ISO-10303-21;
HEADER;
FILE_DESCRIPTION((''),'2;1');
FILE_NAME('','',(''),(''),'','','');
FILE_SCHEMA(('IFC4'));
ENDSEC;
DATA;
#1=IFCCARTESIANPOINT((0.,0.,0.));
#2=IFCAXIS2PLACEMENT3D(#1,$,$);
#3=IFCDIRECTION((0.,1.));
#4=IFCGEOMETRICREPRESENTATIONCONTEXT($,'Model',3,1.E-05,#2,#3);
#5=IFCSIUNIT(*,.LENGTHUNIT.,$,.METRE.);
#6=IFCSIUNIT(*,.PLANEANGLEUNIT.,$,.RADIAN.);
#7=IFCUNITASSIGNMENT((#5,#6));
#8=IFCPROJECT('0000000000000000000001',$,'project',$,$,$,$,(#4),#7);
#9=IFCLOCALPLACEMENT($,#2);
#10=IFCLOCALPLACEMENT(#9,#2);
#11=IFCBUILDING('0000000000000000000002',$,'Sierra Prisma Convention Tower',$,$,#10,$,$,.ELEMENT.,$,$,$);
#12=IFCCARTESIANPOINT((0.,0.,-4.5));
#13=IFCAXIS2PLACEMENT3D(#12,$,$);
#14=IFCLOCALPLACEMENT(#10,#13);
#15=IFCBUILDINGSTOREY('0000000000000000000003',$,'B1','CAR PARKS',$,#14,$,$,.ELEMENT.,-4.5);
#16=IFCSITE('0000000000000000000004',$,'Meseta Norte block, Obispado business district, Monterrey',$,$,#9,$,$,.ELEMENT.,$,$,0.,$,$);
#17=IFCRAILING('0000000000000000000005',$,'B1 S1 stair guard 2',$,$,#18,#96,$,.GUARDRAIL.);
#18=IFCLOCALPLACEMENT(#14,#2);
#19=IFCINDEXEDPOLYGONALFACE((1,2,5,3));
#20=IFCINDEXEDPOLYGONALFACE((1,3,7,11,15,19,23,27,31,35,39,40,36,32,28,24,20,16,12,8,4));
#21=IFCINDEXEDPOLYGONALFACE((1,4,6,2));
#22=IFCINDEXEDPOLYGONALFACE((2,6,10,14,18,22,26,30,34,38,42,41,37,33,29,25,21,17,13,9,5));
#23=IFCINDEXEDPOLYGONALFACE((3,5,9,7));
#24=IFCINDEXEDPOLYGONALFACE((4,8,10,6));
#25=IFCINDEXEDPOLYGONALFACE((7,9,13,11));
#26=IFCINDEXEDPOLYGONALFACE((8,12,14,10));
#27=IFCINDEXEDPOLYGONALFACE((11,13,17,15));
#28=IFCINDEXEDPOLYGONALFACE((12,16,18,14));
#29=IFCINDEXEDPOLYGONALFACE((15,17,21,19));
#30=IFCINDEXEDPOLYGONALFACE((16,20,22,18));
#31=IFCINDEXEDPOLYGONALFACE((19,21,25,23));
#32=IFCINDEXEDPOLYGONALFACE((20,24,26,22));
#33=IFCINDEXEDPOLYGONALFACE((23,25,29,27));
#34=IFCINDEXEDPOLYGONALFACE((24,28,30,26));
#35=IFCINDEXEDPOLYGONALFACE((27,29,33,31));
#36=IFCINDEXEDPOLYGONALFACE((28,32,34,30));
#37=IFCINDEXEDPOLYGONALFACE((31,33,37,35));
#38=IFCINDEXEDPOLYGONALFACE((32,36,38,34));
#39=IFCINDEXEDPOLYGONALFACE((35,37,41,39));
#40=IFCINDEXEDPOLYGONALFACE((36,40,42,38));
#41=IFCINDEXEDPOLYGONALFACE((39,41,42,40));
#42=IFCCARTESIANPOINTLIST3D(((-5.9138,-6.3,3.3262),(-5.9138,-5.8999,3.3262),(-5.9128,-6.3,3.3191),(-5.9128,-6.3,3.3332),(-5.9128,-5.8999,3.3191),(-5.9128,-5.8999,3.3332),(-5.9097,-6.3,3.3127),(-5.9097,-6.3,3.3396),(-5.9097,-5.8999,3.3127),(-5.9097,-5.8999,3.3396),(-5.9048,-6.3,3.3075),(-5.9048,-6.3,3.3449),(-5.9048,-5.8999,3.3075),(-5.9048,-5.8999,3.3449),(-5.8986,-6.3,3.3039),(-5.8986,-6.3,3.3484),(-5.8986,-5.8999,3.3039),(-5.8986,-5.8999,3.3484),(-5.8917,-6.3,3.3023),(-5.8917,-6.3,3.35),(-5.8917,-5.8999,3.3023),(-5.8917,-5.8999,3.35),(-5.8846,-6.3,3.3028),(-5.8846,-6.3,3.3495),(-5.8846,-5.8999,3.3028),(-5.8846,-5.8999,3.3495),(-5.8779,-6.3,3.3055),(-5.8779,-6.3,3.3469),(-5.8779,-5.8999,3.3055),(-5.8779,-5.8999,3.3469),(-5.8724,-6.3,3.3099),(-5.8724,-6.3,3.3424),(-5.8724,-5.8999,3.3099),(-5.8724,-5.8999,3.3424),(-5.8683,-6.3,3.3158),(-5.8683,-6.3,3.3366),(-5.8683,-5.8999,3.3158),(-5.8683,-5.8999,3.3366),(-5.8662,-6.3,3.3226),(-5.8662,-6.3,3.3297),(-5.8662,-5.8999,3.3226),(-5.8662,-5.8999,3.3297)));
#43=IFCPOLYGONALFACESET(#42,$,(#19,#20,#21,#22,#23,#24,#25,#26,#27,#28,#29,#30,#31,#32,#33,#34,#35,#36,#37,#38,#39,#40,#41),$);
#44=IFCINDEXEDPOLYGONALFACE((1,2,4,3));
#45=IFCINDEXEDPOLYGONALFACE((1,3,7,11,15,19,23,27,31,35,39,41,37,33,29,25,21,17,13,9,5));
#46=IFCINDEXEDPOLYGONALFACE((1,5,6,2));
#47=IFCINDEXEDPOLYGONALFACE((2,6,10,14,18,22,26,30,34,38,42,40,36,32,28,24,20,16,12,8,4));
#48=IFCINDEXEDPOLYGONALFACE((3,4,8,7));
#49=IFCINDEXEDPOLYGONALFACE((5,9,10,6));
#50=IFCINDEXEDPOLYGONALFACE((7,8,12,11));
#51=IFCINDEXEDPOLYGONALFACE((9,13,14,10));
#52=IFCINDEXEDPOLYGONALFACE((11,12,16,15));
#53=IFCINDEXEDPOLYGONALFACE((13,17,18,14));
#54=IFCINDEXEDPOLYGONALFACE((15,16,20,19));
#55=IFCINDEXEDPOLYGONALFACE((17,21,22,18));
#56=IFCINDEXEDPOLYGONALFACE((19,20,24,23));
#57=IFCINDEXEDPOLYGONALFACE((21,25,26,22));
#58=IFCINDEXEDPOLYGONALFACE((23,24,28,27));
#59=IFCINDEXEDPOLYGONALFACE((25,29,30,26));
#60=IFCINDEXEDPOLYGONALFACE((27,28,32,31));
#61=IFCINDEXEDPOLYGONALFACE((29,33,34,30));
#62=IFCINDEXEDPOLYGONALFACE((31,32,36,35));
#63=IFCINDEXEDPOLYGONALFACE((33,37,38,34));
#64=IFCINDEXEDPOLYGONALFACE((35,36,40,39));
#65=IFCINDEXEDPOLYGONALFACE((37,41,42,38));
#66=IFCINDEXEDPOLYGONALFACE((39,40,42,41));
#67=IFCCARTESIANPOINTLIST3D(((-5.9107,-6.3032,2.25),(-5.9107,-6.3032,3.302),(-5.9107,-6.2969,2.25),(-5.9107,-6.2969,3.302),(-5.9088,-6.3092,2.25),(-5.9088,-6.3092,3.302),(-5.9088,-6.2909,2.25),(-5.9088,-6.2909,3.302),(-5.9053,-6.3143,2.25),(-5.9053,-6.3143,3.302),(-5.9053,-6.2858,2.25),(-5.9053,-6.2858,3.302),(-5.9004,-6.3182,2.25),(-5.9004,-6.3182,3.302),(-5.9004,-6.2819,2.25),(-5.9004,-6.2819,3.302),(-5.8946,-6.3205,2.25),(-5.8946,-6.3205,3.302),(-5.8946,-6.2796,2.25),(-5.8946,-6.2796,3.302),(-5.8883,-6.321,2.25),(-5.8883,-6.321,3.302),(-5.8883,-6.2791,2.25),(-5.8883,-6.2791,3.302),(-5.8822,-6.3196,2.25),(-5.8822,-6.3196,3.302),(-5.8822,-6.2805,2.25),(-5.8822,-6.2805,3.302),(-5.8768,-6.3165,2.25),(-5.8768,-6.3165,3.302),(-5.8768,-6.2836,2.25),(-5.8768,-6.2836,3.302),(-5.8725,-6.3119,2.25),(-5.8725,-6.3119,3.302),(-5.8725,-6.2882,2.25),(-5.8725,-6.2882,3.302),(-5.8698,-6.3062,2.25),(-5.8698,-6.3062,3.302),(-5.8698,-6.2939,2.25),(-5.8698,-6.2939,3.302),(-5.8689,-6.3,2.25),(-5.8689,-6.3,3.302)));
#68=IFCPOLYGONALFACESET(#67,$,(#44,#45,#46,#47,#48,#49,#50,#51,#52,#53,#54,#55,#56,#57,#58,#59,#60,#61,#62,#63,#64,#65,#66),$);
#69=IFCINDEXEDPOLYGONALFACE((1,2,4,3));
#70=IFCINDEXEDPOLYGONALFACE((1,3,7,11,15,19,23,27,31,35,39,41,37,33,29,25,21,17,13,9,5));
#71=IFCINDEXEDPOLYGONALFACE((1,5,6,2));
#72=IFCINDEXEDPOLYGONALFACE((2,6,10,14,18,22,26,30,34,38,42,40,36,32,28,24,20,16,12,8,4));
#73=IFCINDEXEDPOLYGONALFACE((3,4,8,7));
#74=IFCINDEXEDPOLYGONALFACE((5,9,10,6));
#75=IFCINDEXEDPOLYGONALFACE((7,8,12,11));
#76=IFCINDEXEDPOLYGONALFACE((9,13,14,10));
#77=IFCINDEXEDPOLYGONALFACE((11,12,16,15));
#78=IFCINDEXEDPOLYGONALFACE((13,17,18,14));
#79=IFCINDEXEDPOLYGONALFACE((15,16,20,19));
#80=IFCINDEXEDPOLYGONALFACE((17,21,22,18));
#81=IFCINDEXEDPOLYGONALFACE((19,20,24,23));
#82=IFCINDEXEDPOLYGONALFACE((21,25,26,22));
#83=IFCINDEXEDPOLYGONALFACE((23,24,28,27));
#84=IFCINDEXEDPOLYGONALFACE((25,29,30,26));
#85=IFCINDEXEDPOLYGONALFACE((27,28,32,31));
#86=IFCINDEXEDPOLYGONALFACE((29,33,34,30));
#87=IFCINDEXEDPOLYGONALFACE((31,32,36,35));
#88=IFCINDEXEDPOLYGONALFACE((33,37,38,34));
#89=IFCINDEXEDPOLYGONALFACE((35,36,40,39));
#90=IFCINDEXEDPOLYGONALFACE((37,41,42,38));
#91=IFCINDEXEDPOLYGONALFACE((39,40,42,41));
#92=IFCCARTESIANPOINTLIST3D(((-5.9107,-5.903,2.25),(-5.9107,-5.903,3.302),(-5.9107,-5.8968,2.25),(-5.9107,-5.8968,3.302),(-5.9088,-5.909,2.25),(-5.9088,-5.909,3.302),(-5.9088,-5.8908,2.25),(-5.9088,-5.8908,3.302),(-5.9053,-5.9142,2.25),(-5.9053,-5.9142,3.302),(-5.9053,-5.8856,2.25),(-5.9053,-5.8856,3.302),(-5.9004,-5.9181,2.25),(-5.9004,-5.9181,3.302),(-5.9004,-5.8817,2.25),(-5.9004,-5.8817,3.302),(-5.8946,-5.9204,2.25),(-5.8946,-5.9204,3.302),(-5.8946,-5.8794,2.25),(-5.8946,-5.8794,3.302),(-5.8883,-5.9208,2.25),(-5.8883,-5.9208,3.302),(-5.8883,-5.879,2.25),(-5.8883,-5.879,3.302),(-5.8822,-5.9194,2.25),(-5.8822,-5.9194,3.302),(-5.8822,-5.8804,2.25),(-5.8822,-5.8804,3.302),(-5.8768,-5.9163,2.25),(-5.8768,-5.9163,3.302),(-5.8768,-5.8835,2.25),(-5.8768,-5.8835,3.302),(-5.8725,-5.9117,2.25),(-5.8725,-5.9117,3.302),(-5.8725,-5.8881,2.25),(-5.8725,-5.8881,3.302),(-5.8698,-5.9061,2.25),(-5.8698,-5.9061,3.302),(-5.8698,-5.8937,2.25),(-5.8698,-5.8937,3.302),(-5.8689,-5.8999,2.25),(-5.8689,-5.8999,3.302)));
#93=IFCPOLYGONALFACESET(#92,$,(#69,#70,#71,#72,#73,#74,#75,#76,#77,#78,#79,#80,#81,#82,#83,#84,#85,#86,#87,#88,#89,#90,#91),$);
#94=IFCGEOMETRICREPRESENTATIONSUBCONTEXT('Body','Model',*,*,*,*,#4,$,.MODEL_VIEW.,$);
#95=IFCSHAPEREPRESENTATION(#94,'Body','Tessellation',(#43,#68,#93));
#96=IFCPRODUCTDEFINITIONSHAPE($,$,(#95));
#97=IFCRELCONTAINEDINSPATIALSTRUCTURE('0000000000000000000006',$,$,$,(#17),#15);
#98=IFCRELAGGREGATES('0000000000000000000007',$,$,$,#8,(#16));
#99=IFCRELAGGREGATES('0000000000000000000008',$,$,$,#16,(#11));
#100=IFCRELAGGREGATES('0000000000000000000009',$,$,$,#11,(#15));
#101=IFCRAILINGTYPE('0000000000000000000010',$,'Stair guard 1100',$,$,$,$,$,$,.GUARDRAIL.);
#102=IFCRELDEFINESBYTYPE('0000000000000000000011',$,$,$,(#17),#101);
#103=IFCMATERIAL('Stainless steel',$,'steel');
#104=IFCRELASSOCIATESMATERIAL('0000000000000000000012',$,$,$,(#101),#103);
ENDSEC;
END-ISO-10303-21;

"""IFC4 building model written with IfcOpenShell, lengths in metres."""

from ifc_helpers import new_model, si_unit, direction, frame, origin, origin_2d, place, context, subcontext, project, spatial, circle, extrude, material, type_object, element, save


model = new_model("IFC4")

# Units and contexts
model_context = context("Model", 3, precision=1e-05, world=origin(), true_north=direction((0.0, 1.0)))
body_context = subcontext(model_context, "Body", "Model", "MODEL_VIEW")
ifc_project = project(units=[si_unit("LENGTHUNIT", "METRE"), si_unit("PLANEANGLEUNIT", "RADIAN")], contexts=[model_context])

# Site, building, storey
site_placement = place(None, origin())
site = spatial("IfcSite", under=ifc_project, at=site_placement, Name="Meseta Norte block, Obispado business district, Monterrey", CompositionType="ELEMENT", RefElevation=0.0)
building_placement = place(site_placement, origin())
building = spatial("IfcBuilding", under=site, at=building_placement, Name="Sierra Prisma Convention Tower", CompositionType="ELEMENT")
storey_placement = place(building_placement, frame((0.0, 0.0, -4.5)))
storey = spatial("IfcBuildingStorey", under=building, at=storey_placement, Name="B1", Description="CAR PARKS", CompositionType="ELEMENT", Elevation=-4.5)

# Railing
ifc_material_1 = material(Name="Stainless steel", Category="steel")
railing_type_1 = type_object("IfcRailingType", Name="Stair guard 1100", PredefinedType="GUARDRAIL", material=ifc_material_1)
railing_1_placement = place(storey_placement, frame((-5.8899, -6.3, 2.25)))
element("IfcRailing", 1, at=railing_1_placement, inside=storey, type_object=railing_type_1, Name="B1 S1 stair guard 2", PredefinedType="GUARDRAIL", context=body_context, shape_type="SweptSolid", body=[
    extrude(circle(Radius=0.0239, at=origin_2d()), frame((0.0, 0.0, 1.0762), z_axis=(0.0, 1.0, 0.0), x_axis=(-1.0, 0.0, 0.0)), (0.0, 0.0, 1.0), 0.4001),
    extrude(circle(Radius=0.021, at=origin_2d()), origin(), (0.0, 0.0, 1.0), 1.052),
    extrude(circle(Radius=0.021, at=origin_2d()), frame((0.0, 0.4001, 0.0)), (0.0, 0.0, 1.0), 1.052),
])

save(model, "model.ifc")
